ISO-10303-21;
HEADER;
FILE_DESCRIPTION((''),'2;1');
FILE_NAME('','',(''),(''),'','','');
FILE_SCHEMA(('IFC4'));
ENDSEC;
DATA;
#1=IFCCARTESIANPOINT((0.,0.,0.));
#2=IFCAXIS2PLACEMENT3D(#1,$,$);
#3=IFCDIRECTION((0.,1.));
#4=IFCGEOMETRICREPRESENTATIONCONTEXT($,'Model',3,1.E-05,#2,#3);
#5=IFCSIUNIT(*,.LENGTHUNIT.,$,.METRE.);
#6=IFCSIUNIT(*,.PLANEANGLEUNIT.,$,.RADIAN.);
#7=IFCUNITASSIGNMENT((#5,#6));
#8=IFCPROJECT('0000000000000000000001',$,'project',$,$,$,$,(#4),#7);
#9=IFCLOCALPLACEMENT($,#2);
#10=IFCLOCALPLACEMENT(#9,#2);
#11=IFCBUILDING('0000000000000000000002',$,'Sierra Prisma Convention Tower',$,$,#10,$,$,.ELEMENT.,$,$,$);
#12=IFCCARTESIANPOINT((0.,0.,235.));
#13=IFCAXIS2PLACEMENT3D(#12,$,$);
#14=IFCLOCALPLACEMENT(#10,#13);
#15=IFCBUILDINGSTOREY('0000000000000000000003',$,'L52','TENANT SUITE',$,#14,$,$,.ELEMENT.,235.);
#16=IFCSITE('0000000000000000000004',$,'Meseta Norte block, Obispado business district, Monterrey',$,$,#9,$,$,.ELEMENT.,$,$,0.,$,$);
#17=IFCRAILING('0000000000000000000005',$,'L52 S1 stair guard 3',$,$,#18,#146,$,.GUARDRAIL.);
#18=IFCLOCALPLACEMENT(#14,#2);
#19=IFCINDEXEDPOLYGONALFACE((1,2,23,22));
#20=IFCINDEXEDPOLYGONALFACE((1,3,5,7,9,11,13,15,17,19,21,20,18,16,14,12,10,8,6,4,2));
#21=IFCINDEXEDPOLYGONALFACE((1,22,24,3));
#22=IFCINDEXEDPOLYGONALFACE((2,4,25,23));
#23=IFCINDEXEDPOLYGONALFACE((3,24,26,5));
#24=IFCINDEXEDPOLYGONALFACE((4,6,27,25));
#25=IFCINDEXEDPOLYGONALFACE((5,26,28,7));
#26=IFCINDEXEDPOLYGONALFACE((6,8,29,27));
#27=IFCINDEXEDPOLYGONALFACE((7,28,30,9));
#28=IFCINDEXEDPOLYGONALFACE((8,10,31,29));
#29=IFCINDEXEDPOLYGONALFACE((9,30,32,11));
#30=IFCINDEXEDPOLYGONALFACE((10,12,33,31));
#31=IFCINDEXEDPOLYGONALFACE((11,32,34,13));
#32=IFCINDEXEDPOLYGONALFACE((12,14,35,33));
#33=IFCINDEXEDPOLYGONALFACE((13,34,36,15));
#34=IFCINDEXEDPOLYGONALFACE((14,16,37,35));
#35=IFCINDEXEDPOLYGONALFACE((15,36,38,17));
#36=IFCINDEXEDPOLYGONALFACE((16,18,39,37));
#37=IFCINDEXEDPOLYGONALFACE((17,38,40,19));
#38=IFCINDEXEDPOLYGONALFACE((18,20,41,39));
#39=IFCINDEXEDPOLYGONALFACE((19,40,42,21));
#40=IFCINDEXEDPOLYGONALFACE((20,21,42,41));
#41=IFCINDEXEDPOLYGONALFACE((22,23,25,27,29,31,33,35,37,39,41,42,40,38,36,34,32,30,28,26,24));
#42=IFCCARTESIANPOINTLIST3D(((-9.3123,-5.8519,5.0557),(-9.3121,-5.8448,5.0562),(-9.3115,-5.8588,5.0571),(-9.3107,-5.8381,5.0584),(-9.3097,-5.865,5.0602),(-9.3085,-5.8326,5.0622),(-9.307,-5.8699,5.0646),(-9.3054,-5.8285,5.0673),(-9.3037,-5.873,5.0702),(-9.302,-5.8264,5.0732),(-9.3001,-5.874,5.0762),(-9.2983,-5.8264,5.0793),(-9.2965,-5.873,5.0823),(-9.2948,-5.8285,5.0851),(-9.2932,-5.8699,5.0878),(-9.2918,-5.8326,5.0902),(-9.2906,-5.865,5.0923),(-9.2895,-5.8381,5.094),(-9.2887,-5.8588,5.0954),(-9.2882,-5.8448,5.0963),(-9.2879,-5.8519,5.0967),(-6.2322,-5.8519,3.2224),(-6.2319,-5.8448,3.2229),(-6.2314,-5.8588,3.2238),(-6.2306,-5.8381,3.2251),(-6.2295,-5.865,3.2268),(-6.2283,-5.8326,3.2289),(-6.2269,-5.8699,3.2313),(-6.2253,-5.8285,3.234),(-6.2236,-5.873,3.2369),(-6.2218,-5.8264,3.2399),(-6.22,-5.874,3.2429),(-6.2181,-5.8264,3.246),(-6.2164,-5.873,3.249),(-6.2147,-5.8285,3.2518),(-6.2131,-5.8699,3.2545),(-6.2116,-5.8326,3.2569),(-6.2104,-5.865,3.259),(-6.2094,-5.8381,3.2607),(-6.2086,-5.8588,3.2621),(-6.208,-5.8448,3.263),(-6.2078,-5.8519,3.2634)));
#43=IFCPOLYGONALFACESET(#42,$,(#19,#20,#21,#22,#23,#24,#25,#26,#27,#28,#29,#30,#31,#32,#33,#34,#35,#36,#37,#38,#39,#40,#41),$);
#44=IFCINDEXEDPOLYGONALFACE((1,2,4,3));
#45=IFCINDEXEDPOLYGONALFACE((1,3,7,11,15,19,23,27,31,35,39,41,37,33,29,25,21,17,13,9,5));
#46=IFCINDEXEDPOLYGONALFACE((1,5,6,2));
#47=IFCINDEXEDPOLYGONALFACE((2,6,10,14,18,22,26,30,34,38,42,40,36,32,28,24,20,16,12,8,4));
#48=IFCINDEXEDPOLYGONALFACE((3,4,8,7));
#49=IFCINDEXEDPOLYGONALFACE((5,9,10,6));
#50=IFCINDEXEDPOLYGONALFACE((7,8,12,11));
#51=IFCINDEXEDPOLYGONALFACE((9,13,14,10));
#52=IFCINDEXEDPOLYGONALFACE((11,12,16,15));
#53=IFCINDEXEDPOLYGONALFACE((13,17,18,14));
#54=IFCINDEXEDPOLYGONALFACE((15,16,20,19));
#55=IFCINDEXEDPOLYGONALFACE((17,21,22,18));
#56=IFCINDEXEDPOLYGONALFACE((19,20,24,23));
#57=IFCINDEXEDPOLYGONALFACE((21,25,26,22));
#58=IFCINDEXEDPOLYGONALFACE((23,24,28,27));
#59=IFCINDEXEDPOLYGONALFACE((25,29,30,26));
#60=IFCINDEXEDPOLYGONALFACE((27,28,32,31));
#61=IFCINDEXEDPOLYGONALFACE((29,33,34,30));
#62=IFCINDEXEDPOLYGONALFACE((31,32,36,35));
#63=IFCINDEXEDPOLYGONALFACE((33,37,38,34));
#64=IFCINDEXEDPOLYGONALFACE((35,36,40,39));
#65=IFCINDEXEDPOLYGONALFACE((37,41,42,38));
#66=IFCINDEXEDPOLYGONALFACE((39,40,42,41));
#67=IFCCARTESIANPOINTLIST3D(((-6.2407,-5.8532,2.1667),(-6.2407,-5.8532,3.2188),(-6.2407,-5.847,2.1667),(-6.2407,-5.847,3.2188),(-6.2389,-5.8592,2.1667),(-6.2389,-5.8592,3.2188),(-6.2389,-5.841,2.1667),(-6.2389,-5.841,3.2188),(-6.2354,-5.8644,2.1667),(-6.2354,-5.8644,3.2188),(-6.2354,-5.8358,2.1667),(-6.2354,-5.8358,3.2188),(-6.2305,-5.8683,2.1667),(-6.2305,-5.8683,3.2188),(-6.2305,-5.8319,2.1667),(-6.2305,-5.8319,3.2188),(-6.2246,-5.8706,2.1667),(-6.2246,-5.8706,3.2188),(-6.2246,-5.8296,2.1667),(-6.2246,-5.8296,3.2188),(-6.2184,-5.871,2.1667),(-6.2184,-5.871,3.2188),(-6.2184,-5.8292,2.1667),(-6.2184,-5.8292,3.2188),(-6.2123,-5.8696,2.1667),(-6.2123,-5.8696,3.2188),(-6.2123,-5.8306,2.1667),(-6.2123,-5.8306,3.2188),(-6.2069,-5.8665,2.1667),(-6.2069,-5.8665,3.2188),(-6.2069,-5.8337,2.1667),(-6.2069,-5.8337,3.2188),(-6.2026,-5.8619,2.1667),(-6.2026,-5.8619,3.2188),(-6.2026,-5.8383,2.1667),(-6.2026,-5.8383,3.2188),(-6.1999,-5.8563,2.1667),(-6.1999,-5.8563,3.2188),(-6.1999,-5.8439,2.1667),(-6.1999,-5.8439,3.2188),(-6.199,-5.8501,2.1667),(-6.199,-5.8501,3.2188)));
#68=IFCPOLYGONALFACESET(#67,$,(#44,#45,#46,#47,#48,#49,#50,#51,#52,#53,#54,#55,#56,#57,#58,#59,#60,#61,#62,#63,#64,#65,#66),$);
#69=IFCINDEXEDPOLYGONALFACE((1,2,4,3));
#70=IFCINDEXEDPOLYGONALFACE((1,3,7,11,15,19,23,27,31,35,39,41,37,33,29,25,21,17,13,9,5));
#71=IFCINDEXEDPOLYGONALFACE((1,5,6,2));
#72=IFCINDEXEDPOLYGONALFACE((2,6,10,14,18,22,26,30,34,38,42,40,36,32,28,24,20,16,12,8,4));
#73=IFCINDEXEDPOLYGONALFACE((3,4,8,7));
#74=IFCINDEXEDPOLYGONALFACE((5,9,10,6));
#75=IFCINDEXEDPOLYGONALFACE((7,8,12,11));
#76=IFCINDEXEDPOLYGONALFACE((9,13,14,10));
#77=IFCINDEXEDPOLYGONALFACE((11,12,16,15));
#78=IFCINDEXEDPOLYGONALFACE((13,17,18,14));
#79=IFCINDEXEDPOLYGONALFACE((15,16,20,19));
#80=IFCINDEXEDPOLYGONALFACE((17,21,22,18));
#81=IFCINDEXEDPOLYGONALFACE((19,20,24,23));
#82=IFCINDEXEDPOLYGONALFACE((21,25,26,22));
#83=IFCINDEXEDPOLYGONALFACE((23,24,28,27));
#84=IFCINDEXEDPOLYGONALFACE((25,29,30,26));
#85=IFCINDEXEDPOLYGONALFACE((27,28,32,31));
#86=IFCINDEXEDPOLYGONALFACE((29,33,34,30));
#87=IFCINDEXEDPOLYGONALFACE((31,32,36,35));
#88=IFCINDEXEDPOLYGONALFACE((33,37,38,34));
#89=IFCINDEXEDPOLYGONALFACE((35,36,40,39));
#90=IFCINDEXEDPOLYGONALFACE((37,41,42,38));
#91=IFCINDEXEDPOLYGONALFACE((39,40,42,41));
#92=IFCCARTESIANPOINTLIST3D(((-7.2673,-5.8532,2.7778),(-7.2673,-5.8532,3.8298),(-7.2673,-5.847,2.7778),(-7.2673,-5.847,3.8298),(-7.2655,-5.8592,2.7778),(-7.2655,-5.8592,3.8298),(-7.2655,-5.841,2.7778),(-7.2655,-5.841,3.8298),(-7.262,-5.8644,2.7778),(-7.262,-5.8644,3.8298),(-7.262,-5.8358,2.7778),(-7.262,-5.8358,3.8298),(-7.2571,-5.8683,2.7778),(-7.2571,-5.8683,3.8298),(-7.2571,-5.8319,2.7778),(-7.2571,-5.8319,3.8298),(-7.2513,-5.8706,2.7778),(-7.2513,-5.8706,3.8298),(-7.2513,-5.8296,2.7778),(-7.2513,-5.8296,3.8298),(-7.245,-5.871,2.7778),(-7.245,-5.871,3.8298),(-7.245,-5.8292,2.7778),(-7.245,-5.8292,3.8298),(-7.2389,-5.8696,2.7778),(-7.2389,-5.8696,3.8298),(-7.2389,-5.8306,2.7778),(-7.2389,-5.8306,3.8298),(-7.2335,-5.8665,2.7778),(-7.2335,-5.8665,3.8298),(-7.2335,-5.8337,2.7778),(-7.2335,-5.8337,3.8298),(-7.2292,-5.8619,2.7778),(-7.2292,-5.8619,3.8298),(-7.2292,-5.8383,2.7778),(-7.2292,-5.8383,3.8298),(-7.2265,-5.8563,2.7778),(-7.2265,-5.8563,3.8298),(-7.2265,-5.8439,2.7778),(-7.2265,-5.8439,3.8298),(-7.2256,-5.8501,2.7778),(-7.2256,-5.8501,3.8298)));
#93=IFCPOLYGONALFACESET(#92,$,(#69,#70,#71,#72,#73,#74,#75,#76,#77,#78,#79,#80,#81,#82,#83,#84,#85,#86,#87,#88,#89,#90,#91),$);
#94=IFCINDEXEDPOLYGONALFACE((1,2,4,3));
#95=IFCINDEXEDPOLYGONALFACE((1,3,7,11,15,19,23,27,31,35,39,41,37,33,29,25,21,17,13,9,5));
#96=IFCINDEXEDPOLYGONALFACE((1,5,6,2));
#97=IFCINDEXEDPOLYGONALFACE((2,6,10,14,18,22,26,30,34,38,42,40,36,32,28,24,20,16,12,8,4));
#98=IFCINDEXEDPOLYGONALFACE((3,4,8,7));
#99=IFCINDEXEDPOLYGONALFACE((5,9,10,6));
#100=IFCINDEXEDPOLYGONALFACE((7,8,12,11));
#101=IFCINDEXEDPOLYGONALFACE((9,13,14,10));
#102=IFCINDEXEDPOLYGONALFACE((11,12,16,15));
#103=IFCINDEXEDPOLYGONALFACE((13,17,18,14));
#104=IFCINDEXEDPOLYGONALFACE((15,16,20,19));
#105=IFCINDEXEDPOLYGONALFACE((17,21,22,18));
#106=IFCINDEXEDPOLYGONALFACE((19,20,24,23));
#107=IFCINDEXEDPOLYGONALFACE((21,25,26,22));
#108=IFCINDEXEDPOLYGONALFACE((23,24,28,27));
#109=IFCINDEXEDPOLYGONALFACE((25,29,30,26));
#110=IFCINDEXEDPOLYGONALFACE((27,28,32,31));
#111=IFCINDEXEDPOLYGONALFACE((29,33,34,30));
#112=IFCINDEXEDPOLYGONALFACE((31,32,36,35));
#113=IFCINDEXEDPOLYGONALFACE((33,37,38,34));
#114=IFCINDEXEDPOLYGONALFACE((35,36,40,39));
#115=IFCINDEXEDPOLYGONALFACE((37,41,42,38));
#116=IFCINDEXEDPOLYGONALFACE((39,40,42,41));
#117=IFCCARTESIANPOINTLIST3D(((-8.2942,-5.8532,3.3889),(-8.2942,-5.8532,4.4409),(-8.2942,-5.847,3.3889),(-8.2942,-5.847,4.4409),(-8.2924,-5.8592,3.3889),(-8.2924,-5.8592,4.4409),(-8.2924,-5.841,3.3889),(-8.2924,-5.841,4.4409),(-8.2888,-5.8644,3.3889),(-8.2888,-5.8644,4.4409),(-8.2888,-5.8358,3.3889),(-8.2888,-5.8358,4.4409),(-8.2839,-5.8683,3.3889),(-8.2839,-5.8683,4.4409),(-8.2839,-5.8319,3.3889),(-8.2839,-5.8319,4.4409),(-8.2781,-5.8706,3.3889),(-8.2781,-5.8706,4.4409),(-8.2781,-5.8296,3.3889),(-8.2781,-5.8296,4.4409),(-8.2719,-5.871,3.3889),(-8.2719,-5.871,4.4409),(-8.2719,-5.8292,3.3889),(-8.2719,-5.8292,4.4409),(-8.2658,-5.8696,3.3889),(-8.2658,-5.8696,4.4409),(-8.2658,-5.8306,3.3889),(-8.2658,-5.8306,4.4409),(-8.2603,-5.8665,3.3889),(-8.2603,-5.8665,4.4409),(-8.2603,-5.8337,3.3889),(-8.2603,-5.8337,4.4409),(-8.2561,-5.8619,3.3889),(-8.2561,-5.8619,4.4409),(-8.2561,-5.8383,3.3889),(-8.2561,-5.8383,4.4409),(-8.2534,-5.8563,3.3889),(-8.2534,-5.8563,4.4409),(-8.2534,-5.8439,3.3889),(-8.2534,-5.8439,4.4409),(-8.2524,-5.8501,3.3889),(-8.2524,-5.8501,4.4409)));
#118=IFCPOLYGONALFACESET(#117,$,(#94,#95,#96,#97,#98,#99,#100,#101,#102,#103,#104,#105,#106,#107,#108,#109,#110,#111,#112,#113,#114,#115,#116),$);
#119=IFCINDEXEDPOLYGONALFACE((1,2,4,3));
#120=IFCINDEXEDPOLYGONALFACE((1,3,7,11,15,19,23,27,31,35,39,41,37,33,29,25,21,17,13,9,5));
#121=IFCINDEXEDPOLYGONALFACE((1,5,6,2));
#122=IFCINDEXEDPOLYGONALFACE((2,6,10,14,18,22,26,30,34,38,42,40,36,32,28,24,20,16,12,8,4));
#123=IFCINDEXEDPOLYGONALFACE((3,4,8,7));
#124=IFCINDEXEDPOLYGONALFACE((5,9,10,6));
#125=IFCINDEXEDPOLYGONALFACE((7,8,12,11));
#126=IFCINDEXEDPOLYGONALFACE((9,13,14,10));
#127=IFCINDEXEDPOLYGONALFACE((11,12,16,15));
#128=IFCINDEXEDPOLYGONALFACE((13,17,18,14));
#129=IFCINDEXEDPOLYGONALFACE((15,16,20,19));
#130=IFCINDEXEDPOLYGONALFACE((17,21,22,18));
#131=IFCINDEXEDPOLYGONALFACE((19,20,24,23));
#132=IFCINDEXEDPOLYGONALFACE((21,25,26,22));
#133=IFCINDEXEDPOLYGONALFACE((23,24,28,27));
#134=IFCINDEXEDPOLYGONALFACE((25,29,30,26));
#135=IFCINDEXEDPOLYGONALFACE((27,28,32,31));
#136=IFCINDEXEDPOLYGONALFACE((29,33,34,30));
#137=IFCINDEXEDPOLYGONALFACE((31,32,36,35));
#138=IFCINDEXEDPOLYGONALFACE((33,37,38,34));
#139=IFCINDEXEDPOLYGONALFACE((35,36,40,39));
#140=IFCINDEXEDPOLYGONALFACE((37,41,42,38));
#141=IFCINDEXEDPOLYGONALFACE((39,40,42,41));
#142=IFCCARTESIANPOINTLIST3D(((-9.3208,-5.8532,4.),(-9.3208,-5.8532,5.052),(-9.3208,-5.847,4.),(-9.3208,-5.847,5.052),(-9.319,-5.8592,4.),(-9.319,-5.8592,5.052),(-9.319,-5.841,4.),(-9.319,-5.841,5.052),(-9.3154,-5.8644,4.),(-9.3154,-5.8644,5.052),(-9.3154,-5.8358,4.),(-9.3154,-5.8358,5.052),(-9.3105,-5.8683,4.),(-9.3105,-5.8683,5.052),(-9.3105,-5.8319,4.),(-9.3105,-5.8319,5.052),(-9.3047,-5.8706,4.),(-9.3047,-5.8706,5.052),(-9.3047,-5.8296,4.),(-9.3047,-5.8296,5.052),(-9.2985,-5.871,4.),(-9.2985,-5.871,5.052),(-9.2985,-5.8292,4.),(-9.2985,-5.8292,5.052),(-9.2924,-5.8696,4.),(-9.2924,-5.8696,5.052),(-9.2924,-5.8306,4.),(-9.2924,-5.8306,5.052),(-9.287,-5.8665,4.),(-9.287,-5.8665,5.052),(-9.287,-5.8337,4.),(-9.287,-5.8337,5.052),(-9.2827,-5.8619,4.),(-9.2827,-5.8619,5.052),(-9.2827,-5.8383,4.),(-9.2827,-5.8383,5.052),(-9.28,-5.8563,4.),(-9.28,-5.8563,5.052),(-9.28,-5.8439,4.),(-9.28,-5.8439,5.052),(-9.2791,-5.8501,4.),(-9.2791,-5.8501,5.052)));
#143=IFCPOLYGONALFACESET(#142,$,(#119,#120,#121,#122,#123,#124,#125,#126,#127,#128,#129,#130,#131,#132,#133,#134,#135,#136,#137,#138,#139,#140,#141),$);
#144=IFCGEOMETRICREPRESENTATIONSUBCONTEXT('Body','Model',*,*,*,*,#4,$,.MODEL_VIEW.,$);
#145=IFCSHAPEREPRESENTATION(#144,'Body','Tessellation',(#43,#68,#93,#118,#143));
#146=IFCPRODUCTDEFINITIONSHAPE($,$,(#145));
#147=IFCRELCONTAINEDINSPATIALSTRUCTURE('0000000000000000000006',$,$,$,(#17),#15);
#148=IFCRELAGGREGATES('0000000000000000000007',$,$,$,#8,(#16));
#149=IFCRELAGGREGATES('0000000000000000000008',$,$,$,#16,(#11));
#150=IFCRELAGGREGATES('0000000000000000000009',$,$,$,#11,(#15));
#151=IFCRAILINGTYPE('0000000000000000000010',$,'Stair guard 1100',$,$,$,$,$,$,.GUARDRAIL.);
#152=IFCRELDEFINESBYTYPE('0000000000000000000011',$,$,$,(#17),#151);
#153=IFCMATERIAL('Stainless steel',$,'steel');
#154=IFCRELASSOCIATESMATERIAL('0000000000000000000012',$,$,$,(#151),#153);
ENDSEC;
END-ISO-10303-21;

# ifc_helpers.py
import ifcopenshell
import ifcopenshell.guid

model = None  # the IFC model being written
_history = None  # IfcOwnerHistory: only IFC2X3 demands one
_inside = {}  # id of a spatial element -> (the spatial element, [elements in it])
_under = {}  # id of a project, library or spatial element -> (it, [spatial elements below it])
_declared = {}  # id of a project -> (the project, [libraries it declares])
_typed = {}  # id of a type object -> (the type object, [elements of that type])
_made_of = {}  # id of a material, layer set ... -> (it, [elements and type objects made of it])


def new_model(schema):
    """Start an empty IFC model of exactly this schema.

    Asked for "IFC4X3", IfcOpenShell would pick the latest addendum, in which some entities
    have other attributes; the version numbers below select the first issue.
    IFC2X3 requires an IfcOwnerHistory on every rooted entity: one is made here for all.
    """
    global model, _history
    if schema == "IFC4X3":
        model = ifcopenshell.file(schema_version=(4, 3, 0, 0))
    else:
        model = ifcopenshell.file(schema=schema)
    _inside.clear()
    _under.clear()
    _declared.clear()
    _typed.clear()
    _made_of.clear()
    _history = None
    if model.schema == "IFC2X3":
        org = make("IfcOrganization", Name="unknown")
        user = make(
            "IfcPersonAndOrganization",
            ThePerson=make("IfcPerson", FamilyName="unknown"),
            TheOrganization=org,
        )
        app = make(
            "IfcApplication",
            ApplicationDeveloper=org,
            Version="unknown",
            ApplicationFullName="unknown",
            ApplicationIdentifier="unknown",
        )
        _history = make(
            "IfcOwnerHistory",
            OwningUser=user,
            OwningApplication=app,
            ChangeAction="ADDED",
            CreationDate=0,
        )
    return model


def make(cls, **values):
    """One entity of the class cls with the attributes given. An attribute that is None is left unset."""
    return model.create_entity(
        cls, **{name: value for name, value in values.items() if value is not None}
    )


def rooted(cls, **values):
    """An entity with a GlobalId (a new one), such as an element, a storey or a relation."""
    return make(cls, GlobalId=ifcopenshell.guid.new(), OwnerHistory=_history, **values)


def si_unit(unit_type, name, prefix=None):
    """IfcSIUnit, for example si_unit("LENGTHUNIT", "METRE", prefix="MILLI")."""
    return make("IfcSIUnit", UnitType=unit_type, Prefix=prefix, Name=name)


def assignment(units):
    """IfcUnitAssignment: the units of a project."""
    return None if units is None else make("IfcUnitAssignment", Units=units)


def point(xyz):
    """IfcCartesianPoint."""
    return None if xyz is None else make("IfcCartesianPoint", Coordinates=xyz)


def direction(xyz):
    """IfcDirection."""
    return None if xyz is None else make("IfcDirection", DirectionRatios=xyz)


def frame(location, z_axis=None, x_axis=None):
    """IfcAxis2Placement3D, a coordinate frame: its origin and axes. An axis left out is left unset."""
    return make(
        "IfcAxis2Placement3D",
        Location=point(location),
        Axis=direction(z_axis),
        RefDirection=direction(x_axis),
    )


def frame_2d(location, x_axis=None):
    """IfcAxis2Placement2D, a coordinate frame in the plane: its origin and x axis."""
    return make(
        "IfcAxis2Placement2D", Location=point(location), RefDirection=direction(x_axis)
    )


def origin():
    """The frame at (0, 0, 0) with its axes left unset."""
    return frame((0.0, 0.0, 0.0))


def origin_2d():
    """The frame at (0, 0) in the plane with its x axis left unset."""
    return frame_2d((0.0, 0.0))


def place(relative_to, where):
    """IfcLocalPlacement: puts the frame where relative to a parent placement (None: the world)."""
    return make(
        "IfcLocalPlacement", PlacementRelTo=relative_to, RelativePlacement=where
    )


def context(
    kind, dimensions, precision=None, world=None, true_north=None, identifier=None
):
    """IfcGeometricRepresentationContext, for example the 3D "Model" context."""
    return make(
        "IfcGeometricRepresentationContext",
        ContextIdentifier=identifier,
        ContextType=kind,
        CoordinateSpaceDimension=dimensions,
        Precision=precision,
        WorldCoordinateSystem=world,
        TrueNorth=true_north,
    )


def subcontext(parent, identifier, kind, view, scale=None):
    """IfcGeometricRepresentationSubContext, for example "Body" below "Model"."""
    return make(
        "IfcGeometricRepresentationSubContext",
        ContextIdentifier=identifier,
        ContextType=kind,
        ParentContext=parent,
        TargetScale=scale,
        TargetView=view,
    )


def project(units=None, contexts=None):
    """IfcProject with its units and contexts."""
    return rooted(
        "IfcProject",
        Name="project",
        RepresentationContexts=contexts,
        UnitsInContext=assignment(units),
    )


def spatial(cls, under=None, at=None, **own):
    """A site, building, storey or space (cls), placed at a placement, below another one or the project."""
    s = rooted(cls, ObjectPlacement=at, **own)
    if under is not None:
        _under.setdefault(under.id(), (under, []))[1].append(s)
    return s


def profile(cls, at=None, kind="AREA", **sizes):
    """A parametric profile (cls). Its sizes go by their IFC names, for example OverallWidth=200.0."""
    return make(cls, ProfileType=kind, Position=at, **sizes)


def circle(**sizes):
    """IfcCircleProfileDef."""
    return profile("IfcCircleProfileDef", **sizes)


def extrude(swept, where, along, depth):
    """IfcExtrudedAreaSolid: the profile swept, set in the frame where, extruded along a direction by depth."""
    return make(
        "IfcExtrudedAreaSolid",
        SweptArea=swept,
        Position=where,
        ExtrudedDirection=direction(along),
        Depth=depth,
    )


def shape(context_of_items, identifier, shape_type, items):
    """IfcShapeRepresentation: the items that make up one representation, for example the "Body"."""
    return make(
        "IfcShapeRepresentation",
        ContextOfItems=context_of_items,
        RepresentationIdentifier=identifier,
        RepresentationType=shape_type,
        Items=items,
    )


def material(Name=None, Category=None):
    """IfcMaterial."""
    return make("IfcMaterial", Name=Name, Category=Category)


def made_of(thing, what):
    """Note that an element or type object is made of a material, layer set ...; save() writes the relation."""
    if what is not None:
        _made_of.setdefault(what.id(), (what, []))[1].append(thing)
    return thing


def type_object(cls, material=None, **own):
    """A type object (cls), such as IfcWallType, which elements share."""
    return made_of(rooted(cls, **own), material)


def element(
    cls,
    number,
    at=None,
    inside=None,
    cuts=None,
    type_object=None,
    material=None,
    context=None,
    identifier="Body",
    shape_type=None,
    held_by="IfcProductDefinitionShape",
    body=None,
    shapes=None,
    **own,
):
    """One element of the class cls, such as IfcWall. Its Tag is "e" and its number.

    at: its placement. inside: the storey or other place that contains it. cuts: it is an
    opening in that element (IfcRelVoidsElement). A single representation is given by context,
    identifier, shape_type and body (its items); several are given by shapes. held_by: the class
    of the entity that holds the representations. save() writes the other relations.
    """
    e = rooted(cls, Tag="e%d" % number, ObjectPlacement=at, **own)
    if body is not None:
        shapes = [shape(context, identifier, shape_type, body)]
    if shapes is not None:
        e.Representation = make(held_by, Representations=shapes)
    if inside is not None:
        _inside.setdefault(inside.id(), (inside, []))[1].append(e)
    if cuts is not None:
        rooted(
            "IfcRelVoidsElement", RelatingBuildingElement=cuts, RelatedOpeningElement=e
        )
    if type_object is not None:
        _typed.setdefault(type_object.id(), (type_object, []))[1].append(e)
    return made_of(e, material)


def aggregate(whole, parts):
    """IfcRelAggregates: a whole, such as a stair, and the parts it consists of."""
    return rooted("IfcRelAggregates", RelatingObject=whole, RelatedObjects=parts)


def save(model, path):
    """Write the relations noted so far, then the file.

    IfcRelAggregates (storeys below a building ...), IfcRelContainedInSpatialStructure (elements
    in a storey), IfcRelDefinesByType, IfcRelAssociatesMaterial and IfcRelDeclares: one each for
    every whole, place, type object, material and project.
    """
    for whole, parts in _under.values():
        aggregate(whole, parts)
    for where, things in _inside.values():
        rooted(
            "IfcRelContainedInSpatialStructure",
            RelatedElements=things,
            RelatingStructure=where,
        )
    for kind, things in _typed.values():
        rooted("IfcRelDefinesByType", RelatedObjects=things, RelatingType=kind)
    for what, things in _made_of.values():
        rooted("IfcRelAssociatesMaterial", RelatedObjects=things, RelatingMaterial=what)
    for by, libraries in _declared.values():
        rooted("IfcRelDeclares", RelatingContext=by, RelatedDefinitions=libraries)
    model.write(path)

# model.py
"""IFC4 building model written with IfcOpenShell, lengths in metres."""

from ifc_helpers import new_model, si_unit, direction, frame, origin, origin_2d, place, context, subcontext, project, spatial, circle, extrude, material, type_object, element, save


model = new_model("IFC4")

# Units and contexts
model_context = context("Model", 3, precision=1e-05, world=origin(), true_north=direction((0.0, 1.0)))
body_context = subcontext(model_context, "Body", "Model", "MODEL_VIEW")
ifc_project = project(units=[si_unit("LENGTHUNIT", "METRE"), si_unit("PLANEANGLEUNIT", "RADIAN")], contexts=[model_context])

# Site, building, storey
site_placement = place(None, origin())
site = spatial("IfcSite", under=ifc_project, at=site_placement, Name="Meseta Norte block, Obispado business district, Monterrey", CompositionType="ELEMENT", RefElevation=0.0)
building_placement = place(site_placement, origin())
building = spatial("IfcBuilding", under=site, at=building_placement, Name="Sierra Prisma Convention Tower", CompositionType="ELEMENT")
storey_placement = place(building_placement, frame((0.0, 0.0, 235.0)))
storey = spatial("IfcBuildingStorey", under=building, at=storey_placement, Name="L52", Description="TENANT SUITE", CompositionType="ELEMENT", Elevation=235.0)

# Railing
ifc_material_1 = material(Name="Stainless steel", Category="steel")
railing_type_1 = type_object("IfcRailingType", Name="Stair guard 1100", PredefinedType="GUARDRAIL", material=ifc_material_1)
railing_1_placement = place(storey_placement, frame((-6.22, -5.8501, 2.1667)))
element("IfcRailing", 1, at=railing_1_placement, inside=storey, type_object=railing_type_1, Name="L52 S1 stair guard 3", PredefinedType="GUARDRAIL", context=body_context, shape_type="SweptSolid", body=[
    extrude(circle(Radius=0.0239, at=origin_2d()), frame((0.0, 0.0, 1.0762), z_axis=(-0.859309, 0.0, 0.511458), x_axis=(0.0, -1.0, 0.0)), (0.0, 0.0, 1.0), 3.5845),
    extrude(circle(Radius=0.021, at=origin_2d()), origin(), (0.0, 0.0, 1.0), 1.052),
    extrude(circle(Radius=0.021, at=origin_2d()), frame((-1.0266, 0.0, 0.6111)), (0.0, 0.0, 1.0), 1.052),
    extrude(circle(Radius=0.021, at=origin_2d()), frame((-2.0535, 0.0, 1.2222)), (0.0, 0.0, 1.0), 1.052),
    extrude(circle(Radius=0.021, at=origin_2d()), frame((-3.0801, 0.0, 1.8333)), (0.0, 0.0, 1.0), 1.052),
])

save(model, "model.ifc")
